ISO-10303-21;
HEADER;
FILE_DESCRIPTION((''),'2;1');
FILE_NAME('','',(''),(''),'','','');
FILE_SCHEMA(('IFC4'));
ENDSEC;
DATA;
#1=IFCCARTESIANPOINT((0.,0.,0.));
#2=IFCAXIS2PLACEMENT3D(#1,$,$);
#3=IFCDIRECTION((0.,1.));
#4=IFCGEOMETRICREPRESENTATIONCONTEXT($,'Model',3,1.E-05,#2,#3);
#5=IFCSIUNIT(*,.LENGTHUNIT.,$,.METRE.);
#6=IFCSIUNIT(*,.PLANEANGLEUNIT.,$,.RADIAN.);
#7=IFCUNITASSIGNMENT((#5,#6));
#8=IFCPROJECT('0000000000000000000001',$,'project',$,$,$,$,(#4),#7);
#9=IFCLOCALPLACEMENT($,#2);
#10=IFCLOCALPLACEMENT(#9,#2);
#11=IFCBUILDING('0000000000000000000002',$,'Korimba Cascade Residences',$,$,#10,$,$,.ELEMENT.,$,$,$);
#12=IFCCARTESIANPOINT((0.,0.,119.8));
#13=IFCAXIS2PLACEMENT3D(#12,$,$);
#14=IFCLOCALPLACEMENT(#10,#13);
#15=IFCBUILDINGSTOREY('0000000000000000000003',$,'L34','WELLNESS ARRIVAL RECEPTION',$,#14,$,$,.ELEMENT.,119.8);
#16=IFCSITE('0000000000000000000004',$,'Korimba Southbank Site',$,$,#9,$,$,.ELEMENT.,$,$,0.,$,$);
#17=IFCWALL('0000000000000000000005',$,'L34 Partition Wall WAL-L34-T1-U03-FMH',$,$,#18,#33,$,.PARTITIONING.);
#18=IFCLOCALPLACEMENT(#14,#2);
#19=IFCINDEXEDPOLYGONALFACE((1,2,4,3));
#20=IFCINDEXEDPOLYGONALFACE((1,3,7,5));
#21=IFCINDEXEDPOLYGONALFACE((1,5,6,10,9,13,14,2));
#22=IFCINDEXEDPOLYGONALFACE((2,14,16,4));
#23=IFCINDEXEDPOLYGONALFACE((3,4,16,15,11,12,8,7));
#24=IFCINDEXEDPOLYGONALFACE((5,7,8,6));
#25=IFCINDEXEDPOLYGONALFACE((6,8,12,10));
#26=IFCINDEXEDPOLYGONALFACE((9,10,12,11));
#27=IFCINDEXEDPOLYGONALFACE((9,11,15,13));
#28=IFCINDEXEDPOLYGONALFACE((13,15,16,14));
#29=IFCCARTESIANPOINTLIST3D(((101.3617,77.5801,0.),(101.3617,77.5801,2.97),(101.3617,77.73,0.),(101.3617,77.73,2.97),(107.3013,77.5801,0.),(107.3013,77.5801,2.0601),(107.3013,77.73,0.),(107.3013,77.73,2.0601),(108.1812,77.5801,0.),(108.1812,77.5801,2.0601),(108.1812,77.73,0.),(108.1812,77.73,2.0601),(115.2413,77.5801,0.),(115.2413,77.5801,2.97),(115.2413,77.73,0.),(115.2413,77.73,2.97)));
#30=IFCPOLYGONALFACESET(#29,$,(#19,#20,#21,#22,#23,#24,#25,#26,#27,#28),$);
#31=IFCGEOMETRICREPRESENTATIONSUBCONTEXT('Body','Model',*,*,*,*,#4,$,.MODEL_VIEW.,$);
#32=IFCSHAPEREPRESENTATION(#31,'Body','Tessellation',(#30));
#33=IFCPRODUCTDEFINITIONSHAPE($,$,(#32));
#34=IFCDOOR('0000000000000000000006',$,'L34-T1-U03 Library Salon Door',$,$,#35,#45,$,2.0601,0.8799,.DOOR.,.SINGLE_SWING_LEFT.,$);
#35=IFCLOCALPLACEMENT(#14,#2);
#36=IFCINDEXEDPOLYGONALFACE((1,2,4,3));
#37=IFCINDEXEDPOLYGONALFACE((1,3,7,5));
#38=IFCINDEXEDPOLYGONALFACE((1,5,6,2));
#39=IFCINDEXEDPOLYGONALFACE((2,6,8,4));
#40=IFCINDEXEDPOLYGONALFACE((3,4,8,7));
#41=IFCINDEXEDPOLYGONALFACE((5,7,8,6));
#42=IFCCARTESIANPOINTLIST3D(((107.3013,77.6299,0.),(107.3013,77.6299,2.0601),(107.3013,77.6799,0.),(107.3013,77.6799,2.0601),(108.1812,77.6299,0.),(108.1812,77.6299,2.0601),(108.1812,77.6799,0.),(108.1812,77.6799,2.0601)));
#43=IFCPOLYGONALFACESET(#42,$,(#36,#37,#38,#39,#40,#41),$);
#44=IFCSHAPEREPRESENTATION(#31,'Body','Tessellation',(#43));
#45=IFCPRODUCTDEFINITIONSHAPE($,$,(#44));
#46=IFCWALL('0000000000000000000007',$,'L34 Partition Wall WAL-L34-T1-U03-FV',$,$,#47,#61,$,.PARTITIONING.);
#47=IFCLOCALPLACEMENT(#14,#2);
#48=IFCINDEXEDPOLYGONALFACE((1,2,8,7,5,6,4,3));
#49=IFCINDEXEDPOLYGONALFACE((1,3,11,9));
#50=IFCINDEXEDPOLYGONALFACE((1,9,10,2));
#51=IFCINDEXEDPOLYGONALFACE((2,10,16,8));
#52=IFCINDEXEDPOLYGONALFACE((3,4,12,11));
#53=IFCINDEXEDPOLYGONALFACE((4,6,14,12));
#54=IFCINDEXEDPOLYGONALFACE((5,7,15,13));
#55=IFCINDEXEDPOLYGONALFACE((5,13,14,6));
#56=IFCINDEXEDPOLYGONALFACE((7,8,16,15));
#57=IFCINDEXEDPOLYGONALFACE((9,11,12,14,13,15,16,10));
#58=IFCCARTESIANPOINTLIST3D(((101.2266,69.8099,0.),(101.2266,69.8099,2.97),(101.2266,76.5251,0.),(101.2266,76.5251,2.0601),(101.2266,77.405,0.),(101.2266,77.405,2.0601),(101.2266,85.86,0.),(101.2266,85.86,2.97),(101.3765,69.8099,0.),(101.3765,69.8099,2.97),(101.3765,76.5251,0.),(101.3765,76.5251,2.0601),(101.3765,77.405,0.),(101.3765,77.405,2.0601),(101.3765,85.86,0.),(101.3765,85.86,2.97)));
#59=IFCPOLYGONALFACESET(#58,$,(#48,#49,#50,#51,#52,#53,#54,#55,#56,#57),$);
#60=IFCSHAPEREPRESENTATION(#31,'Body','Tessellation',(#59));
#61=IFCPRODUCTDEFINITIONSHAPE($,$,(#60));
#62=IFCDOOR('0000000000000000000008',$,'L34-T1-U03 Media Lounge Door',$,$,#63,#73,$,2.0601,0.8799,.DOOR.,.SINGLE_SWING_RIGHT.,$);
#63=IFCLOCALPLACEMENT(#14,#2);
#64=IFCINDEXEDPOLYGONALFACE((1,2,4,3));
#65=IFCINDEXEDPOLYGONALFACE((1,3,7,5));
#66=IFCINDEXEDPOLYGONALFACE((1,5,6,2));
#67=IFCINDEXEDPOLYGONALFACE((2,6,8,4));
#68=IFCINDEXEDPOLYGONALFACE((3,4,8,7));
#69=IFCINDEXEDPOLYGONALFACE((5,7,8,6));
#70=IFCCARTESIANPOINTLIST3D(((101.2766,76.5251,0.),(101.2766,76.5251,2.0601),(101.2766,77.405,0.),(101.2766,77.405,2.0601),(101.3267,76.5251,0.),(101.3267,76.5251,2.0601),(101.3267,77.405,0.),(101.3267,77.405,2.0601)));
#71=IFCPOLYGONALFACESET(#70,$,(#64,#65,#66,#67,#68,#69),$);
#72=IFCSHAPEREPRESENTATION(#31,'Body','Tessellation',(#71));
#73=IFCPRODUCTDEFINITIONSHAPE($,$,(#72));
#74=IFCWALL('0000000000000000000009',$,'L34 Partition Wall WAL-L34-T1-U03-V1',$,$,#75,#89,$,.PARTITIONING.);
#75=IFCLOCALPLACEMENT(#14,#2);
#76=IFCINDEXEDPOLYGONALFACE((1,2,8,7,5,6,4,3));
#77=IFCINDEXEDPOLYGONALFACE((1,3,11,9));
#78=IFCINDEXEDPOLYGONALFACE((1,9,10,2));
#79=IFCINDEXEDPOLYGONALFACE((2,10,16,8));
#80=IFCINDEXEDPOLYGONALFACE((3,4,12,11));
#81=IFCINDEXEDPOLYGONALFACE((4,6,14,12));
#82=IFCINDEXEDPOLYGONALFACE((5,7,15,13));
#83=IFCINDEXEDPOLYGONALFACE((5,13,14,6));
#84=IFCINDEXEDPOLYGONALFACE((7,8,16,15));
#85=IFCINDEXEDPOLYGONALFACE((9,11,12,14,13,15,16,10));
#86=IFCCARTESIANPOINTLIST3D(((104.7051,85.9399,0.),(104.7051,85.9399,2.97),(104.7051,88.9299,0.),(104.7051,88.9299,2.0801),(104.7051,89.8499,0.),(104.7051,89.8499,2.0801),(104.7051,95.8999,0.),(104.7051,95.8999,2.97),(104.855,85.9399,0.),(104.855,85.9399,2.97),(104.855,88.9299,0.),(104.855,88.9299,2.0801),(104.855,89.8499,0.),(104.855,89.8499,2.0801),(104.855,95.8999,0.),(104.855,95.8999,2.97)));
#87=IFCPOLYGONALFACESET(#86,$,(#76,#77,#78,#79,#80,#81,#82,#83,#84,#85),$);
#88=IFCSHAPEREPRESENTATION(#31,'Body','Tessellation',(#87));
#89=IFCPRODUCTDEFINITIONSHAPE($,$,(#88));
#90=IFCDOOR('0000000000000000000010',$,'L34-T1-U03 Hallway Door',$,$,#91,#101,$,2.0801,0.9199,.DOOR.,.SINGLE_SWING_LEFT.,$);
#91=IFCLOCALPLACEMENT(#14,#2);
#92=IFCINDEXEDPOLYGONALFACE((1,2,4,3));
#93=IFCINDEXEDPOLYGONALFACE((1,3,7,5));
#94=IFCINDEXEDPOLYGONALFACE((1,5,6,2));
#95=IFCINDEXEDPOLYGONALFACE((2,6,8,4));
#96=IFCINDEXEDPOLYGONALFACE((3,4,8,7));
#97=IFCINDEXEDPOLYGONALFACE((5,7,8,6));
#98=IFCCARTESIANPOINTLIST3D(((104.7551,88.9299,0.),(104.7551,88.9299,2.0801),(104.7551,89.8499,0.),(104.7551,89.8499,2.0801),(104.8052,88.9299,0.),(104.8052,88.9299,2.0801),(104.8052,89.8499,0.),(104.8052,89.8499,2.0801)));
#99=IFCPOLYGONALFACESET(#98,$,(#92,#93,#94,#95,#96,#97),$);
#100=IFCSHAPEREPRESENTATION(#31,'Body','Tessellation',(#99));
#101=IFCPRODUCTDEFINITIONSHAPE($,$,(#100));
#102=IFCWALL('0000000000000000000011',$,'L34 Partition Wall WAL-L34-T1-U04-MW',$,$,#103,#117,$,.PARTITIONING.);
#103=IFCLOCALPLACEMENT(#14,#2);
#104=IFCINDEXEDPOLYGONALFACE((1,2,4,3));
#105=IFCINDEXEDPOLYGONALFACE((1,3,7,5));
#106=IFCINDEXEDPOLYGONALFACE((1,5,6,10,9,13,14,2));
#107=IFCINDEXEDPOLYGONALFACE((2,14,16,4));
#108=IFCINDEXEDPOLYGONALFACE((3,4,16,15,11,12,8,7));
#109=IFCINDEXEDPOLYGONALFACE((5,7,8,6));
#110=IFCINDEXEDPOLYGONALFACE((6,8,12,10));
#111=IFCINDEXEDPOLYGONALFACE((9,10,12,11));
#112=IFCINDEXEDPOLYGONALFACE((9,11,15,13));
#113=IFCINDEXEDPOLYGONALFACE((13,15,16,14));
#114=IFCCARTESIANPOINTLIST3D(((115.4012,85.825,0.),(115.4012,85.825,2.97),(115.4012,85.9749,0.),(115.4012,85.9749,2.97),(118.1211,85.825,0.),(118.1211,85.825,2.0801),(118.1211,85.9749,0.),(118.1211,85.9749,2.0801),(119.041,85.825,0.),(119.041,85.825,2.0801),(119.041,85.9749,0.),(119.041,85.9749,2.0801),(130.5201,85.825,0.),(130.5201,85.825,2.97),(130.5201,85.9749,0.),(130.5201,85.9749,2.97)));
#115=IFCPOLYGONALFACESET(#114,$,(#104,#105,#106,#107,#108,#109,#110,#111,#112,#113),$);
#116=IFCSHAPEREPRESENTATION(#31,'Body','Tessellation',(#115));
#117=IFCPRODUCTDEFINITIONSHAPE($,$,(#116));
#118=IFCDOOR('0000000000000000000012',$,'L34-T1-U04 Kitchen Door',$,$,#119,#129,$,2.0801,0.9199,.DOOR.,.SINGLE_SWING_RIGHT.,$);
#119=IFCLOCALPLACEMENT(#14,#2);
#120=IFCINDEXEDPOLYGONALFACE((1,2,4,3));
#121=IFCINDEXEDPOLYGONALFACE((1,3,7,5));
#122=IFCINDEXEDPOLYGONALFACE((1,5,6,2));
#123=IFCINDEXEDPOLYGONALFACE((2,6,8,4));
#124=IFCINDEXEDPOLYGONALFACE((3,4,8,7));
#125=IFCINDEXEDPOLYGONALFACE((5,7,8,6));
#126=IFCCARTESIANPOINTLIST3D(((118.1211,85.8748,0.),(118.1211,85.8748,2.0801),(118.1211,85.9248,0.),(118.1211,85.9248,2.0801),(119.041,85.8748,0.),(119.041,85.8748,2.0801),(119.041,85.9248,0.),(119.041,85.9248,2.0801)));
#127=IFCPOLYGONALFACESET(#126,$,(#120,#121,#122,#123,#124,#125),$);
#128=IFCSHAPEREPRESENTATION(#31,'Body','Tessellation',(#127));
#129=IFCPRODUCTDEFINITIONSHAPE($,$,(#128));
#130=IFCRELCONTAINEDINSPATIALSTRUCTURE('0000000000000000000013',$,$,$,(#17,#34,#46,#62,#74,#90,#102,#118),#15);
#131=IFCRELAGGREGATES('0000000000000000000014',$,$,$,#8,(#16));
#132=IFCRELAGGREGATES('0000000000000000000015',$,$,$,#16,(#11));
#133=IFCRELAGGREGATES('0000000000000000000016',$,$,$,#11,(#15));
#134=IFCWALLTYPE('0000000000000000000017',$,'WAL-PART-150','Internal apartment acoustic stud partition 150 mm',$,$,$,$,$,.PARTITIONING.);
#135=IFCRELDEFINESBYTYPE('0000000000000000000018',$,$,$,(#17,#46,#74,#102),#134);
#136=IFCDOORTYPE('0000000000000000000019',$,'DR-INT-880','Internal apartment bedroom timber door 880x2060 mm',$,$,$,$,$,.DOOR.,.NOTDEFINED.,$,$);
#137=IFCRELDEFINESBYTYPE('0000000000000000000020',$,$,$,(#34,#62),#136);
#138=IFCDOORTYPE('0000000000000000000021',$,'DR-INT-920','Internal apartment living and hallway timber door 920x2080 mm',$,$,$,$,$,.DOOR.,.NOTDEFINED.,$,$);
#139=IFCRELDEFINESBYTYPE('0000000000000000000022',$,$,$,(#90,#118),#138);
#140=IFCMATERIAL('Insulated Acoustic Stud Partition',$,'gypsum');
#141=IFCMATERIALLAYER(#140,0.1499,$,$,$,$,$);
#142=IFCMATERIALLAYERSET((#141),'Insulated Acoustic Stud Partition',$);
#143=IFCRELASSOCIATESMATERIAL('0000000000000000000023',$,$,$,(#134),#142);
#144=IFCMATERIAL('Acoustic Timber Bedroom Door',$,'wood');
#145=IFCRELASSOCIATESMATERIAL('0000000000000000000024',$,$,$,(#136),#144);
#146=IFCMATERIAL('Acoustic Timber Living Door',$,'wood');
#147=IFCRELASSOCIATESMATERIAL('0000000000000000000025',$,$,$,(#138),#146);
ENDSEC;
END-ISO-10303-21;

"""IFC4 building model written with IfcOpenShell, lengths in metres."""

from ifc_helpers import new_model, si_unit, direction, frame, frame_2d, origin, place, context, subcontext, project, spatial, rectangle, extrude, material, layer, layer_set, type_object, element, fill, save


model = new_model("IFC4")

# Units and contexts
model_context = context("Model", 3, precision=1e-05, world=origin(), true_north=direction((0.0, 1.0)))
body_context = subcontext(model_context, "Body", "Model", "MODEL_VIEW")
ifc_project = project(units=[si_unit("LENGTHUNIT", "METRE"), si_unit("PLANEANGLEUNIT", "RADIAN")], contexts=[model_context])

# Site, building, storey
site_placement = place(None, origin())
site = spatial("IfcSite", under=ifc_project, at=site_placement, Name="Korimba Southbank Site", CompositionType="ELEMENT", RefElevation=0.0)
building_placement = place(site_placement, origin())
building = spatial("IfcBuilding", under=site, at=building_placement, Name="Korimba Cascade Residences", CompositionType="ELEMENT")
storey_placement = place(building_placement, frame((0.0, 0.0, 119.8)))
storey = spatial("IfcBuildingStorey", under=building, at=storey_placement, Name="L34", Description="WELLNESS ARRIVAL RECEPTION", CompositionType="ELEMENT", Elevation=119.8)

# Shared definitions
ifc_material_1 = material(Name="Insulated Acoustic Stud Partition", Category="gypsum")
ifc_layer_1 = layer(ifc_material_1, 0.1499)
ifc_layer_set_1 = layer_set([ifc_layer_1], Name="Insulated Acoustic Stud Partition")
wall_type_1 = type_object("IfcWallType", Name="WAL-PART-150", Description="Internal apartment acoustic stud partition 150 mm", PredefinedType="PARTITIONING", material=ifc_layer_set_1)
ifc_material_2 = material(Name="Acoustic Timber Bedroom Door", Category="wood")
door_type_1 = type_object("IfcDoorType", Name="DR-INT-880", Description="Internal apartment bedroom timber door 880x2060 mm", OperationType="NOTDEFINED", PredefinedType="DOOR", material=ifc_material_2)

# Walls, openings, doors
wall_1_placement = place(storey_placement, frame((101.3616, 77.655, 0.0), z_axis=(0.0, 0.0, 1.0), x_axis=(1.0, 0.0, 0.0)))
wall_1 = element("IfcWall", 1, at=wall_1_placement, inside=storey, type_object=wall_type_1, Name="L34 Partition Wall WAL-L34-T1-U03-FMH", PredefinedType="PARTITIONING", context=body_context, shape_type="SweptSolid", body=[
    extrude(rectangle(XDim=13.8796, YDim=0.1499, at=frame_2d((6.9399, 0.0))), origin(), (0.0, 0.0, 1.0), 2.97),
])
opening_1_placement = place(wall_1_placement, frame((5.9397, 0.0, 0.0)))
opening_1 = element("IfcOpeningElement", 2, at=opening_1_placement, cuts=wall_1, PredefinedType="OPENING", context=body_context, shape_type="SweptSolid", body=[
    extrude(rectangle(XDim=0.8799, YDim=2.0601, at=frame_2d((0.4399, 1.03))), frame((0.0, 0.085, 0.0), z_axis=(0.0, -1.0, 0.0), x_axis=(1.0, 0.0, 0.0)), (0.0, 0.0, 1.0), 0.1699),
])
door_1_placement = place(opening_1_placement, origin())
door_1 = element("IfcDoor", 3, at=door_1_placement, inside=storey, type_object=door_type_1, Name="L34-T1-U03 Library Salon Door", OperationType="SINGLE_SWING_LEFT", OverallHeight=2.0601, OverallWidth=0.8799, PredefinedType="DOOR", context=body_context, shape_type="SweptSolid", body=[
    extrude(rectangle(XDim=0.8799, YDim=2.0601, at=frame_2d((0.4399, 1.03))), frame((0.0, 0.0249, 0.0), z_axis=(0.0, -1.0, 0.0), x_axis=(1.0, 0.0, 0.0)), (0.0, 0.0, 1.0), 0.05),
])
fill(opening_1, door_1)
wall_2_placement = place(storey_placement, frame((101.3015, 69.8101, 0.0), z_axis=(0.0, 0.0, 1.0), x_axis=(0.0, 1.0, 0.0)))
wall_2 = element("IfcWall", 4, at=wall_2_placement, inside=storey, type_object=wall_type_1, Name="L34 Partition Wall WAL-L34-T1-U03-FV", PredefinedType="PARTITIONING", context=body_context, shape_type="SweptSolid", body=[
    extrude(rectangle(XDim=16.05, YDim=0.1499, at=frame_2d((8.0249, 0.0))), origin(), (0.0, 0.0, 1.0), 2.97),
])
opening_2_placement = place(wall_2_placement, frame((6.7151, 0.0, 0.0)))
opening_2 = element("IfcOpeningElement", 5, at=opening_2_placement, cuts=wall_2, PredefinedType="OPENING", context=body_context, shape_type="SweptSolid", body=[
    extrude(rectangle(XDim=0.8799, YDim=2.0601, at=frame_2d((0.4399, 1.03))), frame((0.0, 0.085, 0.0), z_axis=(0.0, -1.0, 0.0), x_axis=(1.0, 0.0, 0.0)), (0.0, 0.0, 1.0), 0.1699),
])
door_2_placement = place(opening_2_placement, origin())
door_2 = element("IfcDoor", 6, at=door_2_placement, inside=storey, type_object=door_type_1, Name="L34-T1-U03 Media Lounge Door", OperationType="SINGLE_SWING_RIGHT", OverallHeight=2.0601, OverallWidth=0.8799, PredefinedType="DOOR", context=body_context, shape_type="SweptSolid", body=[
    extrude(rectangle(XDim=0.8799, YDim=2.0601, at=frame_2d((0.4399, 1.03))), frame((0.0, 0.0249, 0.0), z_axis=(0.0, -1.0, 0.0), x_axis=(1.0, 0.0, 0.0)), (0.0, 0.0, 1.0), 0.05),
])
fill(opening_2, door_2)
wall_3_placement = place(storey_placement, frame((104.78, 85.9399, 0.0), z_axis=(0.0, 0.0, 1.0), x_axis=(0.0, 1.0, 0.0)))
wall_3 = element("IfcWall", 7, at=wall_3_placement, inside=storey, type_object=wall_type_1, Name="L34 Partition Wall WAL-L34-T1-U03-V1", PredefinedType="PARTITIONING", context=body_context, shape_type="SweptSolid", body=[
    extrude(rectangle(XDim=9.96, YDim=0.1499, at=frame_2d((4.98, 0.0))), origin(), (0.0, 0.0, 1.0), 2.97),
])
opening_3_placement = place(wall_3_placement, frame((2.99, 0.0, 0.0)))
opening_3 = element("IfcOpeningElement", 8, at=opening_3_placement, cuts=wall_3, PredefinedType="OPENING", context=body_context, shape_type="SweptSolid", body=[
    extrude(rectangle(XDim=0.9199, YDim=2.0801, at=frame_2d((0.46, 1.04))), frame((0.0, 0.085, 0.0), z_axis=(0.0, -1.0, 0.0), x_axis=(1.0, 0.0, 0.0)), (0.0, 0.0, 1.0), 0.1699),
])
ifc_material_3 = material(Name="Acoustic Timber Living Door", Category="wood")
door_type_2 = type_object("IfcDoorType", Name="DR-INT-920", Description="Internal apartment living and hallway timber door 920x2080 mm", OperationType="NOTDEFINED", PredefinedType="DOOR", material=ifc_material_3)
door_3_placement = place(opening_3_placement, origin())
door_3 = element("IfcDoor", 9, at=door_3_placement, inside=storey, type_object=door_type_2, Name="L34-T1-U03 Hallway Door", OperationType="SINGLE_SWING_LEFT", OverallHeight=2.0801, OverallWidth=0.9199, PredefinedType="DOOR", context=body_context, shape_type="SweptSolid", body=[
    extrude(rectangle(XDim=0.9199, YDim=2.0801, at=frame_2d((0.46, 1.04))), frame((0.0, 0.0249, 0.0), z_axis=(0.0, -1.0, 0.0), x_axis=(1.0, 0.0, 0.0)), (0.0, 0.0, 1.0), 0.05),
])
fill(opening_3, door_3)
wall_4_placement = place(storey_placement, frame((115.4011, 85.8999, 0.0), z_axis=(0.0, 0.0, 1.0), x_axis=(1.0, 0.0, 0.0)))
wall_4 = element("IfcWall", 10, at=wall_4_placement, inside=storey, type_object=wall_type_1, Name="L34 Partition Wall WAL-L34-T1-U04-MW", PredefinedType="PARTITIONING", context=body_context, shape_type="SweptSolid", body=[
    extrude(rectangle(XDim=15.1189, YDim=0.1499, at=frame_2d((7.5596, 0.0))), origin(), (0.0, 0.0, 1.0), 2.97),
])
opening_4_placement = place(wall_4_placement, frame((2.72, 0.0, 0.0)))
opening_4 = element("IfcOpeningElement", 11, at=opening_4_placement, cuts=wall_4, PredefinedType="OPENING", context=body_context, shape_type="SweptSolid", body=[
    extrude(rectangle(XDim=0.9199, YDim=2.0801, at=frame_2d((0.46, 1.04))), frame((0.0, 0.085, 0.0), z_axis=(0.0, -1.0, 0.0), x_axis=(1.0, 0.0, 0.0)), (0.0, 0.0, 1.0), 0.1699),
])
door_4_placement = place(opening_4_placement, origin())
door_4 = element("IfcDoor", 12, at=door_4_placement, inside=storey, type_object=door_type_2, Name="L34-T1-U04 Kitchen Door", OperationType="SINGLE_SWING_RIGHT", OverallHeight=2.0801, OverallWidth=0.9199, PredefinedType="DOOR", context=body_context, shape_type="SweptSolid", body=[
    extrude(rectangle(XDim=0.9199, YDim=2.0801, at=frame_2d((0.46, 1.04))), frame((0.0, 0.0249, 0.0), z_axis=(0.0, -1.0, 0.0), x_axis=(1.0, 0.0, 0.0)), (0.0, 0.0, 1.0), 0.05),
])
fill(opening_4, door_4)

save(model, "model.ifc")
